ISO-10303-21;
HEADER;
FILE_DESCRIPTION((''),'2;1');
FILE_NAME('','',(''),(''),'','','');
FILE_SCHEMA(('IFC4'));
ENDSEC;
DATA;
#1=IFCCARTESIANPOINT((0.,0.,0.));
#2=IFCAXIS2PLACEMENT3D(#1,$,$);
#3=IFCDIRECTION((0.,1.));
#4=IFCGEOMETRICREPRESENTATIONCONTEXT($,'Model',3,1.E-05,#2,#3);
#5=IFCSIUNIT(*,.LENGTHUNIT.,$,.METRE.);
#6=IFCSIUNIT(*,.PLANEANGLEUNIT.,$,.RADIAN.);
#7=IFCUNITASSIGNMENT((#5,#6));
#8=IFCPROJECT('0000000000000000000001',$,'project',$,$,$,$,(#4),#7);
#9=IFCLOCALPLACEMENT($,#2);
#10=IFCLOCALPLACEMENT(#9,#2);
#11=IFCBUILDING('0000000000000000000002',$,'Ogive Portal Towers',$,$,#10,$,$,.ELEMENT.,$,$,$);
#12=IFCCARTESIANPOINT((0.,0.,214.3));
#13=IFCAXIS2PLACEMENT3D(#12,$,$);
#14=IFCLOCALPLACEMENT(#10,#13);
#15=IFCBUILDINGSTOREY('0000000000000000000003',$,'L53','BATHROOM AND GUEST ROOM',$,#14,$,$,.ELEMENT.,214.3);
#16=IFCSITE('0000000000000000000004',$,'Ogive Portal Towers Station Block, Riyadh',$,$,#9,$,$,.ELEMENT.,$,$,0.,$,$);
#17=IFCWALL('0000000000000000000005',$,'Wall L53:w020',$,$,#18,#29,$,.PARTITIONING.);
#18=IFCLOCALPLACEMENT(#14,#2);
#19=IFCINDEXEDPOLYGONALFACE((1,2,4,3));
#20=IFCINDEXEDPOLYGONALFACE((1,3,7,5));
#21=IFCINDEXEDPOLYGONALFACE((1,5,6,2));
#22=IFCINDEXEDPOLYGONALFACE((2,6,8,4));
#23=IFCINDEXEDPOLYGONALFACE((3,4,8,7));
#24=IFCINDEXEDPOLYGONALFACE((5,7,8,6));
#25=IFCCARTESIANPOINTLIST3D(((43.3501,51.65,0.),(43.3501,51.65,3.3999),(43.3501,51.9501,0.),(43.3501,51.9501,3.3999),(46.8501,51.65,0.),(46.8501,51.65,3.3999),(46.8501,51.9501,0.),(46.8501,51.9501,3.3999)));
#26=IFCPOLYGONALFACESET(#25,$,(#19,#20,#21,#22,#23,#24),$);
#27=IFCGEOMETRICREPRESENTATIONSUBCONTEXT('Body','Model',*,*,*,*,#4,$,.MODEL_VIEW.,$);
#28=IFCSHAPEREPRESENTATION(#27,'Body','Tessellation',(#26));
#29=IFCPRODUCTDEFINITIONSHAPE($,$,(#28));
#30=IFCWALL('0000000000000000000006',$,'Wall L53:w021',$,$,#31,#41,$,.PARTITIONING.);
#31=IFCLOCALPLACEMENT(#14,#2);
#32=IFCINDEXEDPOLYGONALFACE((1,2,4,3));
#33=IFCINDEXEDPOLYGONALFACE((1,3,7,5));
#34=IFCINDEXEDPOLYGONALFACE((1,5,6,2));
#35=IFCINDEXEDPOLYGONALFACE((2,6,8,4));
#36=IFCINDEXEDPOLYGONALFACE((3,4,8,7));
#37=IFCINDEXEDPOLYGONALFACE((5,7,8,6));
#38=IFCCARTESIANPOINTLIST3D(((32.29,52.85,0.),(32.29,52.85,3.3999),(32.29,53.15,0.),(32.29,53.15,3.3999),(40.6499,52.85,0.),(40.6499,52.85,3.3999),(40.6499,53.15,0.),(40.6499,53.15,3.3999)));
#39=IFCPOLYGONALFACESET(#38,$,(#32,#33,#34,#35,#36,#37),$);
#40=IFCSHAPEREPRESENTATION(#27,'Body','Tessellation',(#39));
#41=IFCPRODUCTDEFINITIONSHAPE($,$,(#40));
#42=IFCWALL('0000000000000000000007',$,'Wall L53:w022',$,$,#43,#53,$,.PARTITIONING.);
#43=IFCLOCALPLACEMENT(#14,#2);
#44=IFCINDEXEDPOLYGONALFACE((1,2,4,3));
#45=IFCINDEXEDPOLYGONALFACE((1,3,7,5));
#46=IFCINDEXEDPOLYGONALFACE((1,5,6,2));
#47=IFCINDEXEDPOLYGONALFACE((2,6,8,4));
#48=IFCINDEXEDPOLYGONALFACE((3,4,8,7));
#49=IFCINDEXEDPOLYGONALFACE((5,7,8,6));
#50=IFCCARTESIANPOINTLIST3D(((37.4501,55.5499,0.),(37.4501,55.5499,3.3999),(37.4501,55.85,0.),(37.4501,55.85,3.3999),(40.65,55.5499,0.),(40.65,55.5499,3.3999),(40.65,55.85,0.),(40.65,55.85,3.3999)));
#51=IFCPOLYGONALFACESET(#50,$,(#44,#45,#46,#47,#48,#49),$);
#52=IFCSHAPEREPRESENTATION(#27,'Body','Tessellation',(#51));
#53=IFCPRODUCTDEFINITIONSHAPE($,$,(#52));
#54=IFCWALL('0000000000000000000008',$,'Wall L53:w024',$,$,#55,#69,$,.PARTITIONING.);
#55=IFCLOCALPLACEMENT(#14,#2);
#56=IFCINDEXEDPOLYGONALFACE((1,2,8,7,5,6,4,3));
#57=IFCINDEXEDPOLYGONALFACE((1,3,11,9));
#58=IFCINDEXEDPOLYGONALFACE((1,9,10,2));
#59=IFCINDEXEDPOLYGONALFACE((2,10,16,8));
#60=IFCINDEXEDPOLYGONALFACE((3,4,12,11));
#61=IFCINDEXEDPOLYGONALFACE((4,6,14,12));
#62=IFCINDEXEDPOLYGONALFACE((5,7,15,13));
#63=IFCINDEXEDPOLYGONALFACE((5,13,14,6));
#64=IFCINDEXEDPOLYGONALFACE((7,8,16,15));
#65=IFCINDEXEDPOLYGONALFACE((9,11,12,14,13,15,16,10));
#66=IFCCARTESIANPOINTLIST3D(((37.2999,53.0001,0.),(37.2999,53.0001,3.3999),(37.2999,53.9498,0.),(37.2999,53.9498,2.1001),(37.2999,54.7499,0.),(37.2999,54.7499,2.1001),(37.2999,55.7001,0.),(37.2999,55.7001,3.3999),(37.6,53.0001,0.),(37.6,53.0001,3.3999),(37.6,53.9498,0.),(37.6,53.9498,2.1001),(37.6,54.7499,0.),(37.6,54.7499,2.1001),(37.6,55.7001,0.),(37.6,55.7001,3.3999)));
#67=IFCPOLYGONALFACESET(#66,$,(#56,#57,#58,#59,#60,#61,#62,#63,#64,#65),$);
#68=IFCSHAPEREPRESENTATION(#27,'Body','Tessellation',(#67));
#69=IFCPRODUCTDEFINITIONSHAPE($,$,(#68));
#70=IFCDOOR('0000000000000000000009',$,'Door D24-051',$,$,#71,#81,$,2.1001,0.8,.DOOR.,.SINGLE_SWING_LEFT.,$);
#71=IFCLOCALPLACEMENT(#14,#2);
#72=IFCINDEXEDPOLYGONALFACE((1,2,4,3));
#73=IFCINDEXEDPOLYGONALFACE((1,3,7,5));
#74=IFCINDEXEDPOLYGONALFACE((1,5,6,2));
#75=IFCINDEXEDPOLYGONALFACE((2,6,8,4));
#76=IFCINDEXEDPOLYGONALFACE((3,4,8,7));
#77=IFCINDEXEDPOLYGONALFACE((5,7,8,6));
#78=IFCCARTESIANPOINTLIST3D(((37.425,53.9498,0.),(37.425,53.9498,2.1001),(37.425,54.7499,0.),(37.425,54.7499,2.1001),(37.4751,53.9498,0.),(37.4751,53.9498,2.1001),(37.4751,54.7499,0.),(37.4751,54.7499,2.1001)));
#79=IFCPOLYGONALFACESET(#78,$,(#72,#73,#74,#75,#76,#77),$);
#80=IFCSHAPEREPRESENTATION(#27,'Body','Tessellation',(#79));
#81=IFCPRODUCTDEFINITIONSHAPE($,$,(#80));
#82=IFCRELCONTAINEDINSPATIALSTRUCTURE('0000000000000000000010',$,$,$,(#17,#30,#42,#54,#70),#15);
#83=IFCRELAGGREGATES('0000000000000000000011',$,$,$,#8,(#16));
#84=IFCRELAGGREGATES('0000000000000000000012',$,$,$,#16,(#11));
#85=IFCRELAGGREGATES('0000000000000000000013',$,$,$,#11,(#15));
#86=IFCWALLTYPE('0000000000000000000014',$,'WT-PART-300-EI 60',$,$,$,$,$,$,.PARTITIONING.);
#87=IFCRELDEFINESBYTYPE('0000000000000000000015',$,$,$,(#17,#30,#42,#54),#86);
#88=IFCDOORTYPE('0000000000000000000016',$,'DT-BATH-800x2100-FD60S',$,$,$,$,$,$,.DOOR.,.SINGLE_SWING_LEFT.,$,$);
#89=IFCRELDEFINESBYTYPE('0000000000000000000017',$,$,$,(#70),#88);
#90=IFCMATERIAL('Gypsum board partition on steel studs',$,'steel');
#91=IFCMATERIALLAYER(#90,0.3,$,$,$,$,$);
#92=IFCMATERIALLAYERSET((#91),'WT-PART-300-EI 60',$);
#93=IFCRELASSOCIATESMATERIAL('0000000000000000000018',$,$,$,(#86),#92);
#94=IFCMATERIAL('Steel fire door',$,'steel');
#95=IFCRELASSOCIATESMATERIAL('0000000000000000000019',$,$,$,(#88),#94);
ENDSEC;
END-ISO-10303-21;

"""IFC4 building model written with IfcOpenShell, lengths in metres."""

from ifc_helpers import new_model, si_unit, direction, frame, frame_2d, origin, place, context, subcontext, project, spatial, rectangle, extrude, material, layer, layer_set, type_object, element, fill, save


model = new_model("IFC4")

# Units and contexts
model_context = context("Model", 3, precision=1e-05, world=origin(), true_north=direction((0.0, 1.0)))
body_context = subcontext(model_context, "Body", "Model", "MODEL_VIEW")
ifc_project = project(units=[si_unit("LENGTHUNIT", "METRE"), si_unit("PLANEANGLEUNIT", "RADIAN")], contexts=[model_context])

# Site, building, storey
site_placement = place(None, origin())
site = spatial("IfcSite", under=ifc_project, at=site_placement, Name="Ogive Portal Towers Station Block, Riyadh", CompositionType="ELEMENT", RefElevation=0.0)
building_placement = place(site_placement, origin())
building = spatial("IfcBuilding", under=site, at=building_placement, Name="Ogive Portal Towers", CompositionType="ELEMENT")
storey_placement = place(building_placement, frame((0.0, 0.0, 214.3)))
storey = spatial("IfcBuildingStorey", under=building, at=storey_placement, Name="L53", Description="BATHROOM AND GUEST ROOM", CompositionType="ELEMENT", Elevation=214.3)

# Walls
ifc_material_1 = material(Name="Gypsum board partition on steel studs", Category="steel")
ifc_layer_1 = layer(ifc_material_1, 0.3)
ifc_layer_set_1 = layer_set([ifc_layer_1], Name="WT-PART-300-EI 60")
wall_type = type_object("IfcWallType", Name="WT-PART-300-EI 60", PredefinedType="PARTITIONING", material=ifc_layer_set_1)
wall_1_placement = place(storey_placement, frame((43.3501, 51.8, 0.0), z_axis=(0.0, 0.0, 1.0), x_axis=(1.0, 0.0, 0.0)))
element("IfcWall", 1, at=wall_1_placement, inside=storey, type_object=wall_type, Name="Wall L53:w020", PredefinedType="PARTITIONING", context=body_context, shape_type="SweptSolid", body=[
    extrude(rectangle(XDim=3.5, YDim=0.3, at=frame_2d((1.75, 0.0))), origin(), (0.0, 0.0, 1.0), 3.3999),
])
wall_2_placement = place(storey_placement, frame((32.29, 53.0, 0.0), z_axis=(0.0, 0.0, 1.0), x_axis=(1.0, 0.0, 0.0)))
element("IfcWall", 2, at=wall_2_placement, inside=storey, type_object=wall_type, Name="Wall L53:w021", PredefinedType="PARTITIONING", context=body_context, shape_type="SweptSolid", body=[
    extrude(rectangle(XDim=8.3599, YDim=0.3, at=frame_2d((4.1799, 0.0))), origin(), (0.0, 0.0, 1.0), 3.3999),
])
wall_3_placement = place(storey_placement, frame((37.45, 55.7, 0.0), z_axis=(0.0, 0.0, 1.0), x_axis=(1.0, 0.0, 0.0)))
element("IfcWall", 3, at=wall_3_placement, inside=storey, type_object=wall_type, Name="Wall L53:w022", PredefinedType="PARTITIONING", context=body_context, shape_type="SweptSolid", body=[
    extrude(rectangle(XDim=3.2, YDim=0.3, at=frame_2d((1.6001, 0.0))), origin(), (0.0, 0.0, 1.0), 3.3999),
])

# Wall, opening, door
wall_4_placement = place(storey_placement, frame((37.45, 53.0, 0.0), z_axis=(0.0, 0.0, 1.0), x_axis=(0.0, 1.0, 0.0)))
wall_4 = element("IfcWall", 4, at=wall_4_placement, inside=storey, type_object=wall_type, Name="Wall L53:w024", PredefinedType="PARTITIONING", context=body_context, shape_type="SweptSolid", body=[
    extrude(rectangle(XDim=2.7, YDim=0.3, at=frame_2d((1.3501, 0.0))), origin(), (0.0, 0.0, 1.0), 3.3999),
])
opening_placement = place(wall_4_placement, frame((0.95, 0.0, 0.0)))
opening = element("IfcOpeningElement", 5, at=opening_placement, cuts=wall_4, PredefinedType="OPENING", context=body_context, shape_type="SweptSolid", body=[
    extrude(rectangle(XDim=0.8, YDim=2.1001, at=frame_2d((0.3999, 1.05))), frame((0.0, 0.1602, 0.0), z_axis=(0.0, -1.0, 0.0), x_axis=(1.0, 0.0, 0.0)), (0.0, 0.0, 1.0), 0.3201),
])
ifc_material_2 = material(Name="Steel fire door", Category="steel")
door_type = type_object("IfcDoorType", Name="DT-BATH-800x2100-FD60S", OperationType="SINGLE_SWING_LEFT", PredefinedType="DOOR", material=ifc_material_2)
door_placement = place(opening_placement, origin())
door = element("IfcDoor", 6, at=door_placement, inside=storey, type_object=door_type, Name="Door D24-051", OperationType="SINGLE_SWING_LEFT", OverallHeight=2.1001, OverallWidth=0.8, PredefinedType="DOOR", context=body_context, shape_type="SweptSolid", body=[
    extrude(rectangle(XDim=0.8, YDim=2.1001, at=frame_2d((0.3999, 1.05))), frame((0.0, 0.0249, 0.0), z_axis=(0.0, -1.0, 0.0), x_axis=(1.0, 0.0, 0.0)), (0.0, 0.0, 1.0), 0.05),
])
fill(opening, door)

save(model, "model.ifc")
